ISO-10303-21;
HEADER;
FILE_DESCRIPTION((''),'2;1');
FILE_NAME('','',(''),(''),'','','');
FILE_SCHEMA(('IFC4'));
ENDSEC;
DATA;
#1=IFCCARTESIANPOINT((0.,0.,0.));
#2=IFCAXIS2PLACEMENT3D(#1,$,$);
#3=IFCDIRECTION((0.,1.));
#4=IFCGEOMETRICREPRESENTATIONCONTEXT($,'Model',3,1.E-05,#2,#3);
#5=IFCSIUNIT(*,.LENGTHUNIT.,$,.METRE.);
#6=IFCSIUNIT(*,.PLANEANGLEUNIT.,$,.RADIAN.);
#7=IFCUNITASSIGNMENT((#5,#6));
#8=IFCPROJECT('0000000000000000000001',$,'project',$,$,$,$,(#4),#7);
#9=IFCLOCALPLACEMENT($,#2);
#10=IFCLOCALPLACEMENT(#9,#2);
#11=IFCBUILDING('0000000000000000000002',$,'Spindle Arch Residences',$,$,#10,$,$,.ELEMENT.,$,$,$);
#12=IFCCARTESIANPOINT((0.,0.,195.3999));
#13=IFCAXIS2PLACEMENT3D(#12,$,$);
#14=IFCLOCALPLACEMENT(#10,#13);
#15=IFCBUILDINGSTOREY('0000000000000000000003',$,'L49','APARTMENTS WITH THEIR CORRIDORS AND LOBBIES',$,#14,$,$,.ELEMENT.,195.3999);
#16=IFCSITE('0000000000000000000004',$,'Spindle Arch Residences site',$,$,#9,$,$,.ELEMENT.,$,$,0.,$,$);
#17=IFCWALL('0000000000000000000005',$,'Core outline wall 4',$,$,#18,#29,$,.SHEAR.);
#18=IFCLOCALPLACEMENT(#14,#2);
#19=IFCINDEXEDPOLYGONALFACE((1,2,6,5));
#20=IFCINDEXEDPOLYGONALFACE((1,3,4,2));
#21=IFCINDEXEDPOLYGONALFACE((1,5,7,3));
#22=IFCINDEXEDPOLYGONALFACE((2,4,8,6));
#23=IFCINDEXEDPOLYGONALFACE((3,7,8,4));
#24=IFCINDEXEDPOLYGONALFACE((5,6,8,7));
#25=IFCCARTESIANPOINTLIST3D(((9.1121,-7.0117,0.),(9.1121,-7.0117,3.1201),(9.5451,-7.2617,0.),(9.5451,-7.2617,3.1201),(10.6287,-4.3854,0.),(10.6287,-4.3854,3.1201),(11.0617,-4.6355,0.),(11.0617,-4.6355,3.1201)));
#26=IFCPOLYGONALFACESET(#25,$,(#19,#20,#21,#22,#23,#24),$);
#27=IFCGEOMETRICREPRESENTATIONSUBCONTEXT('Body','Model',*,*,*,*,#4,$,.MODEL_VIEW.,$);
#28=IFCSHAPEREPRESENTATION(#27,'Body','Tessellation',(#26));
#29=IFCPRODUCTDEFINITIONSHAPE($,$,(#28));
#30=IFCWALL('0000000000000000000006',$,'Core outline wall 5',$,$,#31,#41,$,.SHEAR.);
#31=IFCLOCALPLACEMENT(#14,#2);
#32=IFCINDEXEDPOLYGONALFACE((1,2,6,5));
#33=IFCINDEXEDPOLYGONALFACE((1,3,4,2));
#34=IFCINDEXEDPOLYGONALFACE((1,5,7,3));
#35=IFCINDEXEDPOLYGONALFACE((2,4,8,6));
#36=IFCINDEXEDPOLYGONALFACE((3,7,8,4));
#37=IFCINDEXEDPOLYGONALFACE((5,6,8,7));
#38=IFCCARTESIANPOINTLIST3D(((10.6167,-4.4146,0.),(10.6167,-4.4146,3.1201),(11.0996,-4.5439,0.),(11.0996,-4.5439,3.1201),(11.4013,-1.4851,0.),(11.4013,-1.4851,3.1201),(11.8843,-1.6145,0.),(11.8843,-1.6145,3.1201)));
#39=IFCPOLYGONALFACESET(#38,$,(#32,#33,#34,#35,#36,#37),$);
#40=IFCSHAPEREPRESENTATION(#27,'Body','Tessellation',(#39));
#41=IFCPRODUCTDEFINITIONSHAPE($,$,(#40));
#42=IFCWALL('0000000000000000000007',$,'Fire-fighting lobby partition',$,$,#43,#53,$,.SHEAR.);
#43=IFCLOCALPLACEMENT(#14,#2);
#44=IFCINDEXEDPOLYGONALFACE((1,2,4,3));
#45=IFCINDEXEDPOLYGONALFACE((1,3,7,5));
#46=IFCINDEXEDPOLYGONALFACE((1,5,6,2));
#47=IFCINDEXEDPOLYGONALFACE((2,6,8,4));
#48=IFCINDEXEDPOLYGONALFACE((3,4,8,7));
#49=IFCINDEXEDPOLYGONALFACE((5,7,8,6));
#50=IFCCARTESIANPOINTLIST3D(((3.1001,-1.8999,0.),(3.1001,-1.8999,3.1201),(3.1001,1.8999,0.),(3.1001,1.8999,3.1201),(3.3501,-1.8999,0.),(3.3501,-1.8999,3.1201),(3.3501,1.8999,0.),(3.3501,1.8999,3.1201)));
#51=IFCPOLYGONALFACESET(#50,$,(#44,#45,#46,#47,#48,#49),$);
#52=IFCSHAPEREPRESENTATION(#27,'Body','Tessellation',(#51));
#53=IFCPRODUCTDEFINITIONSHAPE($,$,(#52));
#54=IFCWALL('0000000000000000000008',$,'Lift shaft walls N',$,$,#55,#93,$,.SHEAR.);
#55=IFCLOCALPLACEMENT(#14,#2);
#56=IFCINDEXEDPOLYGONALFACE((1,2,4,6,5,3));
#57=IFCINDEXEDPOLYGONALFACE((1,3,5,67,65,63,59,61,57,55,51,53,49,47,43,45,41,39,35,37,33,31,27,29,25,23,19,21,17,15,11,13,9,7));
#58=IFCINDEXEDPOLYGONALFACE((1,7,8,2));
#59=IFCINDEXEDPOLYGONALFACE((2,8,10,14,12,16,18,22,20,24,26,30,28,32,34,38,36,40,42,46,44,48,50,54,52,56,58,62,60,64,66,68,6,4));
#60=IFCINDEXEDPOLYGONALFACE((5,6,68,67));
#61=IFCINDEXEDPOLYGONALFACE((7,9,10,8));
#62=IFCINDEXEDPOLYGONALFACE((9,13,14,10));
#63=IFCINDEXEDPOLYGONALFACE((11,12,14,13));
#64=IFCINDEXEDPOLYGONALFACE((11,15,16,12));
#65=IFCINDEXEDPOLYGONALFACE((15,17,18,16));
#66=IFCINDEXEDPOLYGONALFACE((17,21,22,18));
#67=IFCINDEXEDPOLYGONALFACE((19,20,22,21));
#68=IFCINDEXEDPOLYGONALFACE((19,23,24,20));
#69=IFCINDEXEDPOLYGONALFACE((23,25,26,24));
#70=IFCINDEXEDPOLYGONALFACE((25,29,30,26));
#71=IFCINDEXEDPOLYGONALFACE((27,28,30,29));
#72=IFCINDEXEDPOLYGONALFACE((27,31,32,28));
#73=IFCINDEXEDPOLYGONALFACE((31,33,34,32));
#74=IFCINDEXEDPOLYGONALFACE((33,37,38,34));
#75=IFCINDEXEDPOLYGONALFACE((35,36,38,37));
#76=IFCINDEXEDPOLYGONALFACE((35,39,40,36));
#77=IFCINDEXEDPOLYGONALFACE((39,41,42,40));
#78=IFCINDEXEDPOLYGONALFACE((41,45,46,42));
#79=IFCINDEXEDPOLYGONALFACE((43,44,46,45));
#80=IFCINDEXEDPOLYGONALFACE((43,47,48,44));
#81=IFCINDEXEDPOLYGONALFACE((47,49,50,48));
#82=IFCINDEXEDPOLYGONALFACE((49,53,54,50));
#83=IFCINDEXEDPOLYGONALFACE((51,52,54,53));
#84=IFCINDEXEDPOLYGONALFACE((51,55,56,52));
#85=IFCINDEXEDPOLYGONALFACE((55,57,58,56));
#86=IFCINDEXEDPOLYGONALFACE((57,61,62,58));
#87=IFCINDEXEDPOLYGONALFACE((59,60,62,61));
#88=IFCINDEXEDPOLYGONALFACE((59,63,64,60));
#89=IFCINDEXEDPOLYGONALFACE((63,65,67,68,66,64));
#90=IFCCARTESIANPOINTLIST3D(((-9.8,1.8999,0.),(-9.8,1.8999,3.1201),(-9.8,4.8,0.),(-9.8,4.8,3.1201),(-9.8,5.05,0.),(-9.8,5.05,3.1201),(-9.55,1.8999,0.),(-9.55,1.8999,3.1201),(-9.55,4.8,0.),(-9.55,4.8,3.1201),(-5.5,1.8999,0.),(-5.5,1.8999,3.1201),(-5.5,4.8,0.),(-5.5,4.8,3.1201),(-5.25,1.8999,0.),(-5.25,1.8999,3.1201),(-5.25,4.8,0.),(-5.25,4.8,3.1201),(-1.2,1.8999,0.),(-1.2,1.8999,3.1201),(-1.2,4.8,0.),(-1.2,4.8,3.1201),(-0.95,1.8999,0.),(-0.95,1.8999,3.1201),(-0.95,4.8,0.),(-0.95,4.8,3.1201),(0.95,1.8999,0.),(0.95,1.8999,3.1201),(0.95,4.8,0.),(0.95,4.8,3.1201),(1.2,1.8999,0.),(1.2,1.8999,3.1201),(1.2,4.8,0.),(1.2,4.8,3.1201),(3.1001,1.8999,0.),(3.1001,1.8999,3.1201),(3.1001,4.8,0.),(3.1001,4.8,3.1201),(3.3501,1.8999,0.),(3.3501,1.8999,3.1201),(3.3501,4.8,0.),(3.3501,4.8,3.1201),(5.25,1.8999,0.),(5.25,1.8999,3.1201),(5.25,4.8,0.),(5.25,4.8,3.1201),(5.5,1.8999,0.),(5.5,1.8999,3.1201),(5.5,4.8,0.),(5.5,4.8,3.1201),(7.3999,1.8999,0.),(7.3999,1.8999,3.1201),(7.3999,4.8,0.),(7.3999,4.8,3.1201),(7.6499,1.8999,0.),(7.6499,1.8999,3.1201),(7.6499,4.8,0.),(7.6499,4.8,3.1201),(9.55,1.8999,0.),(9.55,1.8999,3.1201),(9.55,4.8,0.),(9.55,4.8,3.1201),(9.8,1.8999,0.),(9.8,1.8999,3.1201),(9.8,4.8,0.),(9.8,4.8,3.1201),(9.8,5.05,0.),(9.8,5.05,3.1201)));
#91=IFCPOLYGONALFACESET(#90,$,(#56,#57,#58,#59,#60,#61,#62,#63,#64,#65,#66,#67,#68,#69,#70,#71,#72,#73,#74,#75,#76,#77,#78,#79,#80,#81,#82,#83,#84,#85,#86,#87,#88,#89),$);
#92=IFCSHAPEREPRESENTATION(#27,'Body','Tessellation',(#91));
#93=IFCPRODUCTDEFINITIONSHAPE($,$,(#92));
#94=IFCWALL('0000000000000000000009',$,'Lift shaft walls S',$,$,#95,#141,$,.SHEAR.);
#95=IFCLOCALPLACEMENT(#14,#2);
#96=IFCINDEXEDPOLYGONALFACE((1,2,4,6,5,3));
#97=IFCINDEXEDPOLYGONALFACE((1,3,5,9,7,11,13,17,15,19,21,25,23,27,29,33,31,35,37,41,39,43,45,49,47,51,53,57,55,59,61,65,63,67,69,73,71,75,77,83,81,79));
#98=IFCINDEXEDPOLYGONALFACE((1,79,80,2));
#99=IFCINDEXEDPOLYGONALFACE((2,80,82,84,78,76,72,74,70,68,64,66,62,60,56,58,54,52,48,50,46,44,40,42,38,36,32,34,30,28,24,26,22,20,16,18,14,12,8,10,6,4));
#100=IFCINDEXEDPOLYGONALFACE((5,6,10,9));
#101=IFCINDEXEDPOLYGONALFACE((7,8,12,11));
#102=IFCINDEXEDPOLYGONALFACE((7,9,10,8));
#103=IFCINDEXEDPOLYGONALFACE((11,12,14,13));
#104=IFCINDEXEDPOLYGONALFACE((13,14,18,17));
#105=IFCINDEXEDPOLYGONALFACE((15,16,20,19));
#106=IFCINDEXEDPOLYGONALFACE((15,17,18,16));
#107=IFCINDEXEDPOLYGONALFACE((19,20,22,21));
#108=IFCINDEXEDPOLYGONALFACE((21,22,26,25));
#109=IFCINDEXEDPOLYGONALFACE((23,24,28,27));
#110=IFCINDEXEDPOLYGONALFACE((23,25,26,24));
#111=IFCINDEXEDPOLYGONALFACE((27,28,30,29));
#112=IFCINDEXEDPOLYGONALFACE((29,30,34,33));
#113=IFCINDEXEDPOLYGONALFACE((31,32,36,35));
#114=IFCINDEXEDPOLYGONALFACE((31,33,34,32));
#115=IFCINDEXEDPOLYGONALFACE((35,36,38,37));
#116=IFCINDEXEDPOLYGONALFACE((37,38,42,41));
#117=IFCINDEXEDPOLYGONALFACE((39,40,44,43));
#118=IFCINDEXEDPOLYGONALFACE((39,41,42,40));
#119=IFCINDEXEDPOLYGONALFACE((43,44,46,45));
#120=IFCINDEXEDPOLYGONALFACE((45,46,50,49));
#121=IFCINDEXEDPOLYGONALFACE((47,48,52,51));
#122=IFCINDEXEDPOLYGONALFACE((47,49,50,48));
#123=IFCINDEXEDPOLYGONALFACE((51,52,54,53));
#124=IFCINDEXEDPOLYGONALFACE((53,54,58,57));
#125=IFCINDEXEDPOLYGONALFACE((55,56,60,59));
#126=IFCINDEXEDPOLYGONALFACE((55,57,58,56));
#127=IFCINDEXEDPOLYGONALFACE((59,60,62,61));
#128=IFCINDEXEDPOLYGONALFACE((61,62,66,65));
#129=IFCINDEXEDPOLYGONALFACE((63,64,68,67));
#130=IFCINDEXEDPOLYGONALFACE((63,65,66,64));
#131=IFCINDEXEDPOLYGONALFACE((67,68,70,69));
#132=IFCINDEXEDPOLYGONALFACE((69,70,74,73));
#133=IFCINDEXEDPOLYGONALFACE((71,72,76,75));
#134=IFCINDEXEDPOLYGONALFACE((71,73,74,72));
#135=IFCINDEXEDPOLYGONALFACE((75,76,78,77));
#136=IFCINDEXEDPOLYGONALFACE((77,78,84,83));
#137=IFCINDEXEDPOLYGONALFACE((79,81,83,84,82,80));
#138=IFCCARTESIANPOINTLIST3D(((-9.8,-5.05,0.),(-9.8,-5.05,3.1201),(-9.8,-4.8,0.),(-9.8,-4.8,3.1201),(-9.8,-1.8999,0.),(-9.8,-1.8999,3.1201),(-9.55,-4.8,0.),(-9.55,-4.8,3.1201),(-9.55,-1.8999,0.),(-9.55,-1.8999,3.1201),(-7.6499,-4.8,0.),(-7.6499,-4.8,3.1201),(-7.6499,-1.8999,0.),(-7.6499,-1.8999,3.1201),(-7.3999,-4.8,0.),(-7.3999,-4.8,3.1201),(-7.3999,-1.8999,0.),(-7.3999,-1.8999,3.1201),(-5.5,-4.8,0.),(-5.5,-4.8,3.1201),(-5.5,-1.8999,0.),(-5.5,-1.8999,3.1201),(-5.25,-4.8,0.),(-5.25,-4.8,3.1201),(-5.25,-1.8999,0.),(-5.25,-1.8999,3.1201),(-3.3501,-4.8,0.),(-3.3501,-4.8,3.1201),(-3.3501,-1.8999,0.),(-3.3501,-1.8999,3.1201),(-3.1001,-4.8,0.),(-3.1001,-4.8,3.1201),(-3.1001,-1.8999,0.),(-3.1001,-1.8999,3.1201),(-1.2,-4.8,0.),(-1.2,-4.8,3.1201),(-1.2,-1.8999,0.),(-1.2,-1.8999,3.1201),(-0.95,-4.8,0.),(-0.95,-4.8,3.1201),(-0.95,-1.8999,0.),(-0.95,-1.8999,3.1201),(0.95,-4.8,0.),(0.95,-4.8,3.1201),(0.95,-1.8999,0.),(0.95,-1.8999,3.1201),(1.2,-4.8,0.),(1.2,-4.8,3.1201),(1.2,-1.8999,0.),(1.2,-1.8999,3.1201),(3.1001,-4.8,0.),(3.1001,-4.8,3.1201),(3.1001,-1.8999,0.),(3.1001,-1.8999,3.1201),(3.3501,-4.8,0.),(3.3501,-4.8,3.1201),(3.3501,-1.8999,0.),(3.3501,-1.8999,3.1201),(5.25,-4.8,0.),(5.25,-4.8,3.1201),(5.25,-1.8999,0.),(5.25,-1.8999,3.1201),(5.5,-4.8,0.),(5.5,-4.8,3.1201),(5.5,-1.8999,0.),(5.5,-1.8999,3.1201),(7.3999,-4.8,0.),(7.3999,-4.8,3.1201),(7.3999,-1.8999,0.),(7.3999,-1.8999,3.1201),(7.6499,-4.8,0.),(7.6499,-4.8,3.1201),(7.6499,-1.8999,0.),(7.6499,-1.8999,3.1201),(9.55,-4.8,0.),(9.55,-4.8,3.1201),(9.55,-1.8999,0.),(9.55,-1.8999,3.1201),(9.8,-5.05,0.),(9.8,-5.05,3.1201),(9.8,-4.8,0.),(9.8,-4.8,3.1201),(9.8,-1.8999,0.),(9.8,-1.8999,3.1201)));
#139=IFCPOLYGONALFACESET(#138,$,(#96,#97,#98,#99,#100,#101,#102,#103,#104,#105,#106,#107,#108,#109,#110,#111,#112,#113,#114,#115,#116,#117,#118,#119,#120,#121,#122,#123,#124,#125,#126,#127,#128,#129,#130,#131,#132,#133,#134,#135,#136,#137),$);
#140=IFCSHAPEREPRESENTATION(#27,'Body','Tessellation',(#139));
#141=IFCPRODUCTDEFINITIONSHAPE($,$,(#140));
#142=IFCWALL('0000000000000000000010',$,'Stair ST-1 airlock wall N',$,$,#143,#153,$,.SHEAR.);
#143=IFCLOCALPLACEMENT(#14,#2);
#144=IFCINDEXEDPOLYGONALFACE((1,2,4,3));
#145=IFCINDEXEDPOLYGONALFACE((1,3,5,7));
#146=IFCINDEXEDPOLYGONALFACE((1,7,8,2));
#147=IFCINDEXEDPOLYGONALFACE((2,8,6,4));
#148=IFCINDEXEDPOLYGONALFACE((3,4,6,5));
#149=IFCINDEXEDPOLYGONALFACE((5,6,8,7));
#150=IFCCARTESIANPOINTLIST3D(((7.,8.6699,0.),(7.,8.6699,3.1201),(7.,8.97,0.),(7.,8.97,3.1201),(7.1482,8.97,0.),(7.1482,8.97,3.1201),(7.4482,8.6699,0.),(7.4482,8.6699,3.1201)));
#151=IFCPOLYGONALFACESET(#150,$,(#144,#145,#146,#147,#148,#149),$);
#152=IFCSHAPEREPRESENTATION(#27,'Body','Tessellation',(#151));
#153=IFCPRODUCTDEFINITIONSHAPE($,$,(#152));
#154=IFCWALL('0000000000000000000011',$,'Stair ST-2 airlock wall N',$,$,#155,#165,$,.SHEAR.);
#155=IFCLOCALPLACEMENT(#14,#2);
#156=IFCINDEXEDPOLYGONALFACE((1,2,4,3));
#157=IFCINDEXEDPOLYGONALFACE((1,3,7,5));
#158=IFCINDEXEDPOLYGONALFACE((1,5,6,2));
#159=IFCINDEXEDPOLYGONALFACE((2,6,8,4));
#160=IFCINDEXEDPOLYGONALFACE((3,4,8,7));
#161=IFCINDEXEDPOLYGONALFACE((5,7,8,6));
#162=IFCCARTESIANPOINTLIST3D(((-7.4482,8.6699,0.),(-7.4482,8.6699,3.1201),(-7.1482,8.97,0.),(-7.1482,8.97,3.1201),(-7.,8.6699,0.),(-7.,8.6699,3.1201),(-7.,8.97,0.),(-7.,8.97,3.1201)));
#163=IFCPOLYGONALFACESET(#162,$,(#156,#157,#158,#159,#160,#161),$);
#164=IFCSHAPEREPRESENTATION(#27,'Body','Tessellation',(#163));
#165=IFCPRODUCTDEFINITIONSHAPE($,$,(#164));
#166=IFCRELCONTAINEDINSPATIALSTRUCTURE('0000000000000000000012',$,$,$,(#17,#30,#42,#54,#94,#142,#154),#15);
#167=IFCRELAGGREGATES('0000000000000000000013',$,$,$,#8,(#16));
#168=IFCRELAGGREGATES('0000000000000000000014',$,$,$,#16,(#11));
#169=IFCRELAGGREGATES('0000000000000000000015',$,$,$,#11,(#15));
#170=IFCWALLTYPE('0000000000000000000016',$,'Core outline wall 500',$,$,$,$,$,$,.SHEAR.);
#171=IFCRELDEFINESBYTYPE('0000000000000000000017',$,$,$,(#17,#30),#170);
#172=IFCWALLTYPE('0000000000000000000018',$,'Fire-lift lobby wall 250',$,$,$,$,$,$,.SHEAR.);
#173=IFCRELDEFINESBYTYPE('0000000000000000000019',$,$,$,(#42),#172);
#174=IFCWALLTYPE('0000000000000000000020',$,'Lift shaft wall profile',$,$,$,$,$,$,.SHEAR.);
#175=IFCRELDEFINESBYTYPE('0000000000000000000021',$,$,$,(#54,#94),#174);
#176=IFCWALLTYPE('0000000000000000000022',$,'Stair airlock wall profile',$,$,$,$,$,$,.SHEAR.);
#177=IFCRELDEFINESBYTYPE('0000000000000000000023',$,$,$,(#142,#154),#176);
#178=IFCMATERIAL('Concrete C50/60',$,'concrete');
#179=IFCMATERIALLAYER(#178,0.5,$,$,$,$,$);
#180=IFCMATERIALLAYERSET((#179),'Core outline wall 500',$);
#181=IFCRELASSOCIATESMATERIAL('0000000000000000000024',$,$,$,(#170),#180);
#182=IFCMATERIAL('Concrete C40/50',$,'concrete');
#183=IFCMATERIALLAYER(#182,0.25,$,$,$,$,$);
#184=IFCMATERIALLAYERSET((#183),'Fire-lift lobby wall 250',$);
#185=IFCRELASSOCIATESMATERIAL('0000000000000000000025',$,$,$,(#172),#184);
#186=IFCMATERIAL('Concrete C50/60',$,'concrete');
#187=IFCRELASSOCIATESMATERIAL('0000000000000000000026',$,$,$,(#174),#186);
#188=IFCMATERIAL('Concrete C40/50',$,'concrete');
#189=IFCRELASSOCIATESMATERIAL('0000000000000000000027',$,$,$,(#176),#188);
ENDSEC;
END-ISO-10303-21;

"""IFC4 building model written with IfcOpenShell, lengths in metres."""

from ifc_helpers import new_model, si_unit, direction, frame, frame_2d, origin, place, context, subcontext, project, spatial, polyline, rectangle, outline, extrude, material, layer, layer_set, type_object, element, save


model = new_model("IFC4")

# Units and contexts
model_context = context("Model", 3, precision=1e-05, world=origin(), true_north=direction((0.0, 1.0)))
body_context = subcontext(model_context, "Body", "Model", "MODEL_VIEW")
ifc_project = project(units=[si_unit("LENGTHUNIT", "METRE"), si_unit("PLANEANGLEUNIT", "RADIAN")], contexts=[model_context])

# Site, building, storey
site_placement = place(None, origin())
site = spatial("IfcSite", under=ifc_project, at=site_placement, Name="Spindle Arch Residences site", CompositionType="ELEMENT", RefElevation=0.0)
building_placement = place(site_placement, origin())
building = spatial("IfcBuilding", under=site, at=building_placement, Name="Spindle Arch Residences", CompositionType="ELEMENT")
storey_placement = place(building_placement, frame((0.0, 0.0, 195.3999)))
storey = spatial("IfcBuildingStorey", under=building, at=storey_placement, Name="L49", Description="APARTMENTS WITH THEIR CORRIDORS AND LOBBIES", CompositionType="ELEMENT", Elevation=195.3999)

# Walls
ifc_material_1 = material(Name="Concrete C50/60", Category="concrete")
ifc_layer_1 = layer(ifc_material_1, 0.5)
ifc_layer_set_1 = layer_set([ifc_layer_1], Name="Core outline wall 500")
wall_type_1 = type_object("IfcWallType", Name="Core outline wall 500", PredefinedType="SHEAR", material=ifc_layer_set_1)
for number, where, z_axis, x_axis, name in (
    (1, (9.3286, -7.1367, 0.0), (0.0, 0.0, 1.0), (0.500087, 0.865975, 0.0), "Core outline wall 4"),
    (2, (10.8582, -4.4792, 0.0), (0.0, 0.0, 1.0), (0.258735, 0.965948, 0.0), "Core outline wall 5"),
):
    element("IfcWall", number, at=place(storey_placement, frame(where, z_axis=z_axis, x_axis=x_axis)), inside=storey, type_object=wall_type_1, Name=name, PredefinedType="SHEAR", context=body_context, shape_type="SweptSolid", body=[
        extrude(rectangle(XDim=3.0327, YDim=0.5, at=frame_2d((1.5164, 0.0))), origin(), (0.0, 0.0, 1.0), 3.1201),
    ])
ifc_material_2 = material(Name="Concrete C40/50", Category="concrete")
ifc_layer_2 = layer(ifc_material_2, 0.25)
ifc_layer_set_2 = layer_set([ifc_layer_2], Name="Fire-lift lobby wall 250")
wall_type_2 = type_object("IfcWallType", Name="Fire-lift lobby wall 250", PredefinedType="SHEAR", material=ifc_layer_set_2)
wall_1_placement = place(storey_placement, frame((3.2251, -1.8999, 0.0), z_axis=(0.0, 0.0, 1.0), x_axis=(0.0, 1.0, 0.0)))
element("IfcWall", 3, at=wall_1_placement, inside=storey, type_object=wall_type_2, Name="Fire-fighting lobby partition", PredefinedType="SHEAR", context=body_context, shape_type="SweptSolid", body=[
    extrude(rectangle(XDim=3.7998, YDim=0.25, at=frame_2d((1.8999, 0.0))), origin(), (0.0, 0.0, 1.0), 3.1201),
])

# Walls
ifc_material_3 = material(Name="Concrete C50/60", Category="concrete")
wall_type_3 = type_object("IfcWallType", Name="Lift shaft wall profile", PredefinedType="SHEAR", material=ifc_material_3)
wall_2_placement = place(storey_placement, origin())
element("IfcWall", 4, at=wall_2_placement, inside=storey, type_object=wall_type_3, Name="Lift shaft walls N", PredefinedType="SHEAR", context=body_context, shape_type="SweptSolid", body=[
    extrude(outline(polyline([(-9.55, 4.8), (-5.5, 4.8), (-5.5, 1.8999), (-5.25, 1.8999), (-5.25, 4.8), (-1.2, 4.8), (-1.2, 1.8999), (-0.95, 1.8999), (-0.95, 4.8), (0.95, 4.8), (0.95, 1.8999), (1.2, 1.8999), (1.2, 4.8), (3.1001, 4.8), (3.1001, 1.8999), (3.3501, 1.8999), (3.3501, 4.8), (5.25, 4.8), (5.25, 1.8999), (5.5, 1.8999), (5.5, 4.8), (7.3999, 4.8), (7.3999, 1.8999), (7.6499, 1.8999), (7.6499, 4.8), (9.55, 4.8), (9.55, 1.8999), (9.8, 1.8999), (9.8, 4.8), (9.8, 5.05), (-9.8, 5.05), (-9.8, 4.8), (-9.8, 1.8999), (-9.55, 1.8999), (-9.55, 4.8)])), origin(), (0.0, 0.0, 1.0), 3.1201),
])
wall_3_placement = place(storey_placement, origin())
element("IfcWall", 5, at=wall_3_placement, inside=storey, type_object=wall_type_3, Name="Lift shaft walls S", PredefinedType="SHEAR", context=body_context, shape_type="SweptSolid", body=[
    extrude(outline(polyline([(9.8, -5.05), (9.8, -4.8), (9.8, -1.8999), (9.55, -1.8999), (9.55, -4.8), (7.6499, -4.8), (7.6499, -1.8999), (7.3999, -1.8999), (7.3999, -4.8), (5.5, -4.8), (5.5, -1.8999), (5.25, -1.8999), (5.25, -4.8), (3.3501, -4.8), (3.3501, -1.8999), (3.1001, -1.8999), (3.1001, -4.8), (1.2, -4.8), (1.2, -1.8999), (0.95, -1.8999), (0.95, -4.8), (-0.95, -4.8), (-0.95, -1.8999), (-1.2, -1.8999), (-1.2, -4.8), (-3.1001, -4.8), (-3.1001, -1.8999), (-3.3501, -1.8999), (-3.3501, -4.8), (-5.25, -4.8), (-5.25, -1.8999), (-5.5, -1.8999), (-5.5, -4.8), (-7.3999, -4.8), (-7.3999, -1.8999), (-7.6499, -1.8999), (-7.6499, -4.8), (-9.55, -4.8), (-9.55, -1.8999), (-9.8, -1.8999), (-9.8, -4.8), (-9.8, -5.05), (9.8, -5.05)])), origin(), (0.0, 0.0, 1.0), 3.1201),
])
ifc_material_4 = material(Name="Concrete C40/50", Category="concrete")
wall_type_4 = type_object("IfcWallType", Name="Stair airlock wall profile", PredefinedType="SHEAR", material=ifc_material_4)
wall_4_placement = place(storey_placement, origin())
element("IfcWall", 6, at=wall_4_placement, inside=storey, type_object=wall_type_4, Name="Stair ST-1 airlock wall N", PredefinedType="SHEAR", context=body_context, shape_type="SweptSolid", body=[
    extrude(outline(polyline([(7.4482, 8.6699), (7.0, 8.6699), (7.0, 8.97), (7.1482, 8.97), (7.4482, 8.6699)])), origin(), (0.0, 0.0, 1.0), 3.1201),
])
wall_5_placement = place(storey_placement, origin())
element("IfcWall", 7, at=wall_5_placement, inside=storey, type_object=wall_type_4, Name="Stair ST-2 airlock wall N", PredefinedType="SHEAR", context=body_context, shape_type="SweptSolid", body=[
    extrude(outline(polyline([(-7.1482, 8.97), (-7.0, 8.97), (-7.0, 8.6699), (-7.4482, 8.6699), (-7.1482, 8.97)])), origin(), (0.0, 0.0, 1.0), 3.1201),
])

save(model, "model.ifc")
